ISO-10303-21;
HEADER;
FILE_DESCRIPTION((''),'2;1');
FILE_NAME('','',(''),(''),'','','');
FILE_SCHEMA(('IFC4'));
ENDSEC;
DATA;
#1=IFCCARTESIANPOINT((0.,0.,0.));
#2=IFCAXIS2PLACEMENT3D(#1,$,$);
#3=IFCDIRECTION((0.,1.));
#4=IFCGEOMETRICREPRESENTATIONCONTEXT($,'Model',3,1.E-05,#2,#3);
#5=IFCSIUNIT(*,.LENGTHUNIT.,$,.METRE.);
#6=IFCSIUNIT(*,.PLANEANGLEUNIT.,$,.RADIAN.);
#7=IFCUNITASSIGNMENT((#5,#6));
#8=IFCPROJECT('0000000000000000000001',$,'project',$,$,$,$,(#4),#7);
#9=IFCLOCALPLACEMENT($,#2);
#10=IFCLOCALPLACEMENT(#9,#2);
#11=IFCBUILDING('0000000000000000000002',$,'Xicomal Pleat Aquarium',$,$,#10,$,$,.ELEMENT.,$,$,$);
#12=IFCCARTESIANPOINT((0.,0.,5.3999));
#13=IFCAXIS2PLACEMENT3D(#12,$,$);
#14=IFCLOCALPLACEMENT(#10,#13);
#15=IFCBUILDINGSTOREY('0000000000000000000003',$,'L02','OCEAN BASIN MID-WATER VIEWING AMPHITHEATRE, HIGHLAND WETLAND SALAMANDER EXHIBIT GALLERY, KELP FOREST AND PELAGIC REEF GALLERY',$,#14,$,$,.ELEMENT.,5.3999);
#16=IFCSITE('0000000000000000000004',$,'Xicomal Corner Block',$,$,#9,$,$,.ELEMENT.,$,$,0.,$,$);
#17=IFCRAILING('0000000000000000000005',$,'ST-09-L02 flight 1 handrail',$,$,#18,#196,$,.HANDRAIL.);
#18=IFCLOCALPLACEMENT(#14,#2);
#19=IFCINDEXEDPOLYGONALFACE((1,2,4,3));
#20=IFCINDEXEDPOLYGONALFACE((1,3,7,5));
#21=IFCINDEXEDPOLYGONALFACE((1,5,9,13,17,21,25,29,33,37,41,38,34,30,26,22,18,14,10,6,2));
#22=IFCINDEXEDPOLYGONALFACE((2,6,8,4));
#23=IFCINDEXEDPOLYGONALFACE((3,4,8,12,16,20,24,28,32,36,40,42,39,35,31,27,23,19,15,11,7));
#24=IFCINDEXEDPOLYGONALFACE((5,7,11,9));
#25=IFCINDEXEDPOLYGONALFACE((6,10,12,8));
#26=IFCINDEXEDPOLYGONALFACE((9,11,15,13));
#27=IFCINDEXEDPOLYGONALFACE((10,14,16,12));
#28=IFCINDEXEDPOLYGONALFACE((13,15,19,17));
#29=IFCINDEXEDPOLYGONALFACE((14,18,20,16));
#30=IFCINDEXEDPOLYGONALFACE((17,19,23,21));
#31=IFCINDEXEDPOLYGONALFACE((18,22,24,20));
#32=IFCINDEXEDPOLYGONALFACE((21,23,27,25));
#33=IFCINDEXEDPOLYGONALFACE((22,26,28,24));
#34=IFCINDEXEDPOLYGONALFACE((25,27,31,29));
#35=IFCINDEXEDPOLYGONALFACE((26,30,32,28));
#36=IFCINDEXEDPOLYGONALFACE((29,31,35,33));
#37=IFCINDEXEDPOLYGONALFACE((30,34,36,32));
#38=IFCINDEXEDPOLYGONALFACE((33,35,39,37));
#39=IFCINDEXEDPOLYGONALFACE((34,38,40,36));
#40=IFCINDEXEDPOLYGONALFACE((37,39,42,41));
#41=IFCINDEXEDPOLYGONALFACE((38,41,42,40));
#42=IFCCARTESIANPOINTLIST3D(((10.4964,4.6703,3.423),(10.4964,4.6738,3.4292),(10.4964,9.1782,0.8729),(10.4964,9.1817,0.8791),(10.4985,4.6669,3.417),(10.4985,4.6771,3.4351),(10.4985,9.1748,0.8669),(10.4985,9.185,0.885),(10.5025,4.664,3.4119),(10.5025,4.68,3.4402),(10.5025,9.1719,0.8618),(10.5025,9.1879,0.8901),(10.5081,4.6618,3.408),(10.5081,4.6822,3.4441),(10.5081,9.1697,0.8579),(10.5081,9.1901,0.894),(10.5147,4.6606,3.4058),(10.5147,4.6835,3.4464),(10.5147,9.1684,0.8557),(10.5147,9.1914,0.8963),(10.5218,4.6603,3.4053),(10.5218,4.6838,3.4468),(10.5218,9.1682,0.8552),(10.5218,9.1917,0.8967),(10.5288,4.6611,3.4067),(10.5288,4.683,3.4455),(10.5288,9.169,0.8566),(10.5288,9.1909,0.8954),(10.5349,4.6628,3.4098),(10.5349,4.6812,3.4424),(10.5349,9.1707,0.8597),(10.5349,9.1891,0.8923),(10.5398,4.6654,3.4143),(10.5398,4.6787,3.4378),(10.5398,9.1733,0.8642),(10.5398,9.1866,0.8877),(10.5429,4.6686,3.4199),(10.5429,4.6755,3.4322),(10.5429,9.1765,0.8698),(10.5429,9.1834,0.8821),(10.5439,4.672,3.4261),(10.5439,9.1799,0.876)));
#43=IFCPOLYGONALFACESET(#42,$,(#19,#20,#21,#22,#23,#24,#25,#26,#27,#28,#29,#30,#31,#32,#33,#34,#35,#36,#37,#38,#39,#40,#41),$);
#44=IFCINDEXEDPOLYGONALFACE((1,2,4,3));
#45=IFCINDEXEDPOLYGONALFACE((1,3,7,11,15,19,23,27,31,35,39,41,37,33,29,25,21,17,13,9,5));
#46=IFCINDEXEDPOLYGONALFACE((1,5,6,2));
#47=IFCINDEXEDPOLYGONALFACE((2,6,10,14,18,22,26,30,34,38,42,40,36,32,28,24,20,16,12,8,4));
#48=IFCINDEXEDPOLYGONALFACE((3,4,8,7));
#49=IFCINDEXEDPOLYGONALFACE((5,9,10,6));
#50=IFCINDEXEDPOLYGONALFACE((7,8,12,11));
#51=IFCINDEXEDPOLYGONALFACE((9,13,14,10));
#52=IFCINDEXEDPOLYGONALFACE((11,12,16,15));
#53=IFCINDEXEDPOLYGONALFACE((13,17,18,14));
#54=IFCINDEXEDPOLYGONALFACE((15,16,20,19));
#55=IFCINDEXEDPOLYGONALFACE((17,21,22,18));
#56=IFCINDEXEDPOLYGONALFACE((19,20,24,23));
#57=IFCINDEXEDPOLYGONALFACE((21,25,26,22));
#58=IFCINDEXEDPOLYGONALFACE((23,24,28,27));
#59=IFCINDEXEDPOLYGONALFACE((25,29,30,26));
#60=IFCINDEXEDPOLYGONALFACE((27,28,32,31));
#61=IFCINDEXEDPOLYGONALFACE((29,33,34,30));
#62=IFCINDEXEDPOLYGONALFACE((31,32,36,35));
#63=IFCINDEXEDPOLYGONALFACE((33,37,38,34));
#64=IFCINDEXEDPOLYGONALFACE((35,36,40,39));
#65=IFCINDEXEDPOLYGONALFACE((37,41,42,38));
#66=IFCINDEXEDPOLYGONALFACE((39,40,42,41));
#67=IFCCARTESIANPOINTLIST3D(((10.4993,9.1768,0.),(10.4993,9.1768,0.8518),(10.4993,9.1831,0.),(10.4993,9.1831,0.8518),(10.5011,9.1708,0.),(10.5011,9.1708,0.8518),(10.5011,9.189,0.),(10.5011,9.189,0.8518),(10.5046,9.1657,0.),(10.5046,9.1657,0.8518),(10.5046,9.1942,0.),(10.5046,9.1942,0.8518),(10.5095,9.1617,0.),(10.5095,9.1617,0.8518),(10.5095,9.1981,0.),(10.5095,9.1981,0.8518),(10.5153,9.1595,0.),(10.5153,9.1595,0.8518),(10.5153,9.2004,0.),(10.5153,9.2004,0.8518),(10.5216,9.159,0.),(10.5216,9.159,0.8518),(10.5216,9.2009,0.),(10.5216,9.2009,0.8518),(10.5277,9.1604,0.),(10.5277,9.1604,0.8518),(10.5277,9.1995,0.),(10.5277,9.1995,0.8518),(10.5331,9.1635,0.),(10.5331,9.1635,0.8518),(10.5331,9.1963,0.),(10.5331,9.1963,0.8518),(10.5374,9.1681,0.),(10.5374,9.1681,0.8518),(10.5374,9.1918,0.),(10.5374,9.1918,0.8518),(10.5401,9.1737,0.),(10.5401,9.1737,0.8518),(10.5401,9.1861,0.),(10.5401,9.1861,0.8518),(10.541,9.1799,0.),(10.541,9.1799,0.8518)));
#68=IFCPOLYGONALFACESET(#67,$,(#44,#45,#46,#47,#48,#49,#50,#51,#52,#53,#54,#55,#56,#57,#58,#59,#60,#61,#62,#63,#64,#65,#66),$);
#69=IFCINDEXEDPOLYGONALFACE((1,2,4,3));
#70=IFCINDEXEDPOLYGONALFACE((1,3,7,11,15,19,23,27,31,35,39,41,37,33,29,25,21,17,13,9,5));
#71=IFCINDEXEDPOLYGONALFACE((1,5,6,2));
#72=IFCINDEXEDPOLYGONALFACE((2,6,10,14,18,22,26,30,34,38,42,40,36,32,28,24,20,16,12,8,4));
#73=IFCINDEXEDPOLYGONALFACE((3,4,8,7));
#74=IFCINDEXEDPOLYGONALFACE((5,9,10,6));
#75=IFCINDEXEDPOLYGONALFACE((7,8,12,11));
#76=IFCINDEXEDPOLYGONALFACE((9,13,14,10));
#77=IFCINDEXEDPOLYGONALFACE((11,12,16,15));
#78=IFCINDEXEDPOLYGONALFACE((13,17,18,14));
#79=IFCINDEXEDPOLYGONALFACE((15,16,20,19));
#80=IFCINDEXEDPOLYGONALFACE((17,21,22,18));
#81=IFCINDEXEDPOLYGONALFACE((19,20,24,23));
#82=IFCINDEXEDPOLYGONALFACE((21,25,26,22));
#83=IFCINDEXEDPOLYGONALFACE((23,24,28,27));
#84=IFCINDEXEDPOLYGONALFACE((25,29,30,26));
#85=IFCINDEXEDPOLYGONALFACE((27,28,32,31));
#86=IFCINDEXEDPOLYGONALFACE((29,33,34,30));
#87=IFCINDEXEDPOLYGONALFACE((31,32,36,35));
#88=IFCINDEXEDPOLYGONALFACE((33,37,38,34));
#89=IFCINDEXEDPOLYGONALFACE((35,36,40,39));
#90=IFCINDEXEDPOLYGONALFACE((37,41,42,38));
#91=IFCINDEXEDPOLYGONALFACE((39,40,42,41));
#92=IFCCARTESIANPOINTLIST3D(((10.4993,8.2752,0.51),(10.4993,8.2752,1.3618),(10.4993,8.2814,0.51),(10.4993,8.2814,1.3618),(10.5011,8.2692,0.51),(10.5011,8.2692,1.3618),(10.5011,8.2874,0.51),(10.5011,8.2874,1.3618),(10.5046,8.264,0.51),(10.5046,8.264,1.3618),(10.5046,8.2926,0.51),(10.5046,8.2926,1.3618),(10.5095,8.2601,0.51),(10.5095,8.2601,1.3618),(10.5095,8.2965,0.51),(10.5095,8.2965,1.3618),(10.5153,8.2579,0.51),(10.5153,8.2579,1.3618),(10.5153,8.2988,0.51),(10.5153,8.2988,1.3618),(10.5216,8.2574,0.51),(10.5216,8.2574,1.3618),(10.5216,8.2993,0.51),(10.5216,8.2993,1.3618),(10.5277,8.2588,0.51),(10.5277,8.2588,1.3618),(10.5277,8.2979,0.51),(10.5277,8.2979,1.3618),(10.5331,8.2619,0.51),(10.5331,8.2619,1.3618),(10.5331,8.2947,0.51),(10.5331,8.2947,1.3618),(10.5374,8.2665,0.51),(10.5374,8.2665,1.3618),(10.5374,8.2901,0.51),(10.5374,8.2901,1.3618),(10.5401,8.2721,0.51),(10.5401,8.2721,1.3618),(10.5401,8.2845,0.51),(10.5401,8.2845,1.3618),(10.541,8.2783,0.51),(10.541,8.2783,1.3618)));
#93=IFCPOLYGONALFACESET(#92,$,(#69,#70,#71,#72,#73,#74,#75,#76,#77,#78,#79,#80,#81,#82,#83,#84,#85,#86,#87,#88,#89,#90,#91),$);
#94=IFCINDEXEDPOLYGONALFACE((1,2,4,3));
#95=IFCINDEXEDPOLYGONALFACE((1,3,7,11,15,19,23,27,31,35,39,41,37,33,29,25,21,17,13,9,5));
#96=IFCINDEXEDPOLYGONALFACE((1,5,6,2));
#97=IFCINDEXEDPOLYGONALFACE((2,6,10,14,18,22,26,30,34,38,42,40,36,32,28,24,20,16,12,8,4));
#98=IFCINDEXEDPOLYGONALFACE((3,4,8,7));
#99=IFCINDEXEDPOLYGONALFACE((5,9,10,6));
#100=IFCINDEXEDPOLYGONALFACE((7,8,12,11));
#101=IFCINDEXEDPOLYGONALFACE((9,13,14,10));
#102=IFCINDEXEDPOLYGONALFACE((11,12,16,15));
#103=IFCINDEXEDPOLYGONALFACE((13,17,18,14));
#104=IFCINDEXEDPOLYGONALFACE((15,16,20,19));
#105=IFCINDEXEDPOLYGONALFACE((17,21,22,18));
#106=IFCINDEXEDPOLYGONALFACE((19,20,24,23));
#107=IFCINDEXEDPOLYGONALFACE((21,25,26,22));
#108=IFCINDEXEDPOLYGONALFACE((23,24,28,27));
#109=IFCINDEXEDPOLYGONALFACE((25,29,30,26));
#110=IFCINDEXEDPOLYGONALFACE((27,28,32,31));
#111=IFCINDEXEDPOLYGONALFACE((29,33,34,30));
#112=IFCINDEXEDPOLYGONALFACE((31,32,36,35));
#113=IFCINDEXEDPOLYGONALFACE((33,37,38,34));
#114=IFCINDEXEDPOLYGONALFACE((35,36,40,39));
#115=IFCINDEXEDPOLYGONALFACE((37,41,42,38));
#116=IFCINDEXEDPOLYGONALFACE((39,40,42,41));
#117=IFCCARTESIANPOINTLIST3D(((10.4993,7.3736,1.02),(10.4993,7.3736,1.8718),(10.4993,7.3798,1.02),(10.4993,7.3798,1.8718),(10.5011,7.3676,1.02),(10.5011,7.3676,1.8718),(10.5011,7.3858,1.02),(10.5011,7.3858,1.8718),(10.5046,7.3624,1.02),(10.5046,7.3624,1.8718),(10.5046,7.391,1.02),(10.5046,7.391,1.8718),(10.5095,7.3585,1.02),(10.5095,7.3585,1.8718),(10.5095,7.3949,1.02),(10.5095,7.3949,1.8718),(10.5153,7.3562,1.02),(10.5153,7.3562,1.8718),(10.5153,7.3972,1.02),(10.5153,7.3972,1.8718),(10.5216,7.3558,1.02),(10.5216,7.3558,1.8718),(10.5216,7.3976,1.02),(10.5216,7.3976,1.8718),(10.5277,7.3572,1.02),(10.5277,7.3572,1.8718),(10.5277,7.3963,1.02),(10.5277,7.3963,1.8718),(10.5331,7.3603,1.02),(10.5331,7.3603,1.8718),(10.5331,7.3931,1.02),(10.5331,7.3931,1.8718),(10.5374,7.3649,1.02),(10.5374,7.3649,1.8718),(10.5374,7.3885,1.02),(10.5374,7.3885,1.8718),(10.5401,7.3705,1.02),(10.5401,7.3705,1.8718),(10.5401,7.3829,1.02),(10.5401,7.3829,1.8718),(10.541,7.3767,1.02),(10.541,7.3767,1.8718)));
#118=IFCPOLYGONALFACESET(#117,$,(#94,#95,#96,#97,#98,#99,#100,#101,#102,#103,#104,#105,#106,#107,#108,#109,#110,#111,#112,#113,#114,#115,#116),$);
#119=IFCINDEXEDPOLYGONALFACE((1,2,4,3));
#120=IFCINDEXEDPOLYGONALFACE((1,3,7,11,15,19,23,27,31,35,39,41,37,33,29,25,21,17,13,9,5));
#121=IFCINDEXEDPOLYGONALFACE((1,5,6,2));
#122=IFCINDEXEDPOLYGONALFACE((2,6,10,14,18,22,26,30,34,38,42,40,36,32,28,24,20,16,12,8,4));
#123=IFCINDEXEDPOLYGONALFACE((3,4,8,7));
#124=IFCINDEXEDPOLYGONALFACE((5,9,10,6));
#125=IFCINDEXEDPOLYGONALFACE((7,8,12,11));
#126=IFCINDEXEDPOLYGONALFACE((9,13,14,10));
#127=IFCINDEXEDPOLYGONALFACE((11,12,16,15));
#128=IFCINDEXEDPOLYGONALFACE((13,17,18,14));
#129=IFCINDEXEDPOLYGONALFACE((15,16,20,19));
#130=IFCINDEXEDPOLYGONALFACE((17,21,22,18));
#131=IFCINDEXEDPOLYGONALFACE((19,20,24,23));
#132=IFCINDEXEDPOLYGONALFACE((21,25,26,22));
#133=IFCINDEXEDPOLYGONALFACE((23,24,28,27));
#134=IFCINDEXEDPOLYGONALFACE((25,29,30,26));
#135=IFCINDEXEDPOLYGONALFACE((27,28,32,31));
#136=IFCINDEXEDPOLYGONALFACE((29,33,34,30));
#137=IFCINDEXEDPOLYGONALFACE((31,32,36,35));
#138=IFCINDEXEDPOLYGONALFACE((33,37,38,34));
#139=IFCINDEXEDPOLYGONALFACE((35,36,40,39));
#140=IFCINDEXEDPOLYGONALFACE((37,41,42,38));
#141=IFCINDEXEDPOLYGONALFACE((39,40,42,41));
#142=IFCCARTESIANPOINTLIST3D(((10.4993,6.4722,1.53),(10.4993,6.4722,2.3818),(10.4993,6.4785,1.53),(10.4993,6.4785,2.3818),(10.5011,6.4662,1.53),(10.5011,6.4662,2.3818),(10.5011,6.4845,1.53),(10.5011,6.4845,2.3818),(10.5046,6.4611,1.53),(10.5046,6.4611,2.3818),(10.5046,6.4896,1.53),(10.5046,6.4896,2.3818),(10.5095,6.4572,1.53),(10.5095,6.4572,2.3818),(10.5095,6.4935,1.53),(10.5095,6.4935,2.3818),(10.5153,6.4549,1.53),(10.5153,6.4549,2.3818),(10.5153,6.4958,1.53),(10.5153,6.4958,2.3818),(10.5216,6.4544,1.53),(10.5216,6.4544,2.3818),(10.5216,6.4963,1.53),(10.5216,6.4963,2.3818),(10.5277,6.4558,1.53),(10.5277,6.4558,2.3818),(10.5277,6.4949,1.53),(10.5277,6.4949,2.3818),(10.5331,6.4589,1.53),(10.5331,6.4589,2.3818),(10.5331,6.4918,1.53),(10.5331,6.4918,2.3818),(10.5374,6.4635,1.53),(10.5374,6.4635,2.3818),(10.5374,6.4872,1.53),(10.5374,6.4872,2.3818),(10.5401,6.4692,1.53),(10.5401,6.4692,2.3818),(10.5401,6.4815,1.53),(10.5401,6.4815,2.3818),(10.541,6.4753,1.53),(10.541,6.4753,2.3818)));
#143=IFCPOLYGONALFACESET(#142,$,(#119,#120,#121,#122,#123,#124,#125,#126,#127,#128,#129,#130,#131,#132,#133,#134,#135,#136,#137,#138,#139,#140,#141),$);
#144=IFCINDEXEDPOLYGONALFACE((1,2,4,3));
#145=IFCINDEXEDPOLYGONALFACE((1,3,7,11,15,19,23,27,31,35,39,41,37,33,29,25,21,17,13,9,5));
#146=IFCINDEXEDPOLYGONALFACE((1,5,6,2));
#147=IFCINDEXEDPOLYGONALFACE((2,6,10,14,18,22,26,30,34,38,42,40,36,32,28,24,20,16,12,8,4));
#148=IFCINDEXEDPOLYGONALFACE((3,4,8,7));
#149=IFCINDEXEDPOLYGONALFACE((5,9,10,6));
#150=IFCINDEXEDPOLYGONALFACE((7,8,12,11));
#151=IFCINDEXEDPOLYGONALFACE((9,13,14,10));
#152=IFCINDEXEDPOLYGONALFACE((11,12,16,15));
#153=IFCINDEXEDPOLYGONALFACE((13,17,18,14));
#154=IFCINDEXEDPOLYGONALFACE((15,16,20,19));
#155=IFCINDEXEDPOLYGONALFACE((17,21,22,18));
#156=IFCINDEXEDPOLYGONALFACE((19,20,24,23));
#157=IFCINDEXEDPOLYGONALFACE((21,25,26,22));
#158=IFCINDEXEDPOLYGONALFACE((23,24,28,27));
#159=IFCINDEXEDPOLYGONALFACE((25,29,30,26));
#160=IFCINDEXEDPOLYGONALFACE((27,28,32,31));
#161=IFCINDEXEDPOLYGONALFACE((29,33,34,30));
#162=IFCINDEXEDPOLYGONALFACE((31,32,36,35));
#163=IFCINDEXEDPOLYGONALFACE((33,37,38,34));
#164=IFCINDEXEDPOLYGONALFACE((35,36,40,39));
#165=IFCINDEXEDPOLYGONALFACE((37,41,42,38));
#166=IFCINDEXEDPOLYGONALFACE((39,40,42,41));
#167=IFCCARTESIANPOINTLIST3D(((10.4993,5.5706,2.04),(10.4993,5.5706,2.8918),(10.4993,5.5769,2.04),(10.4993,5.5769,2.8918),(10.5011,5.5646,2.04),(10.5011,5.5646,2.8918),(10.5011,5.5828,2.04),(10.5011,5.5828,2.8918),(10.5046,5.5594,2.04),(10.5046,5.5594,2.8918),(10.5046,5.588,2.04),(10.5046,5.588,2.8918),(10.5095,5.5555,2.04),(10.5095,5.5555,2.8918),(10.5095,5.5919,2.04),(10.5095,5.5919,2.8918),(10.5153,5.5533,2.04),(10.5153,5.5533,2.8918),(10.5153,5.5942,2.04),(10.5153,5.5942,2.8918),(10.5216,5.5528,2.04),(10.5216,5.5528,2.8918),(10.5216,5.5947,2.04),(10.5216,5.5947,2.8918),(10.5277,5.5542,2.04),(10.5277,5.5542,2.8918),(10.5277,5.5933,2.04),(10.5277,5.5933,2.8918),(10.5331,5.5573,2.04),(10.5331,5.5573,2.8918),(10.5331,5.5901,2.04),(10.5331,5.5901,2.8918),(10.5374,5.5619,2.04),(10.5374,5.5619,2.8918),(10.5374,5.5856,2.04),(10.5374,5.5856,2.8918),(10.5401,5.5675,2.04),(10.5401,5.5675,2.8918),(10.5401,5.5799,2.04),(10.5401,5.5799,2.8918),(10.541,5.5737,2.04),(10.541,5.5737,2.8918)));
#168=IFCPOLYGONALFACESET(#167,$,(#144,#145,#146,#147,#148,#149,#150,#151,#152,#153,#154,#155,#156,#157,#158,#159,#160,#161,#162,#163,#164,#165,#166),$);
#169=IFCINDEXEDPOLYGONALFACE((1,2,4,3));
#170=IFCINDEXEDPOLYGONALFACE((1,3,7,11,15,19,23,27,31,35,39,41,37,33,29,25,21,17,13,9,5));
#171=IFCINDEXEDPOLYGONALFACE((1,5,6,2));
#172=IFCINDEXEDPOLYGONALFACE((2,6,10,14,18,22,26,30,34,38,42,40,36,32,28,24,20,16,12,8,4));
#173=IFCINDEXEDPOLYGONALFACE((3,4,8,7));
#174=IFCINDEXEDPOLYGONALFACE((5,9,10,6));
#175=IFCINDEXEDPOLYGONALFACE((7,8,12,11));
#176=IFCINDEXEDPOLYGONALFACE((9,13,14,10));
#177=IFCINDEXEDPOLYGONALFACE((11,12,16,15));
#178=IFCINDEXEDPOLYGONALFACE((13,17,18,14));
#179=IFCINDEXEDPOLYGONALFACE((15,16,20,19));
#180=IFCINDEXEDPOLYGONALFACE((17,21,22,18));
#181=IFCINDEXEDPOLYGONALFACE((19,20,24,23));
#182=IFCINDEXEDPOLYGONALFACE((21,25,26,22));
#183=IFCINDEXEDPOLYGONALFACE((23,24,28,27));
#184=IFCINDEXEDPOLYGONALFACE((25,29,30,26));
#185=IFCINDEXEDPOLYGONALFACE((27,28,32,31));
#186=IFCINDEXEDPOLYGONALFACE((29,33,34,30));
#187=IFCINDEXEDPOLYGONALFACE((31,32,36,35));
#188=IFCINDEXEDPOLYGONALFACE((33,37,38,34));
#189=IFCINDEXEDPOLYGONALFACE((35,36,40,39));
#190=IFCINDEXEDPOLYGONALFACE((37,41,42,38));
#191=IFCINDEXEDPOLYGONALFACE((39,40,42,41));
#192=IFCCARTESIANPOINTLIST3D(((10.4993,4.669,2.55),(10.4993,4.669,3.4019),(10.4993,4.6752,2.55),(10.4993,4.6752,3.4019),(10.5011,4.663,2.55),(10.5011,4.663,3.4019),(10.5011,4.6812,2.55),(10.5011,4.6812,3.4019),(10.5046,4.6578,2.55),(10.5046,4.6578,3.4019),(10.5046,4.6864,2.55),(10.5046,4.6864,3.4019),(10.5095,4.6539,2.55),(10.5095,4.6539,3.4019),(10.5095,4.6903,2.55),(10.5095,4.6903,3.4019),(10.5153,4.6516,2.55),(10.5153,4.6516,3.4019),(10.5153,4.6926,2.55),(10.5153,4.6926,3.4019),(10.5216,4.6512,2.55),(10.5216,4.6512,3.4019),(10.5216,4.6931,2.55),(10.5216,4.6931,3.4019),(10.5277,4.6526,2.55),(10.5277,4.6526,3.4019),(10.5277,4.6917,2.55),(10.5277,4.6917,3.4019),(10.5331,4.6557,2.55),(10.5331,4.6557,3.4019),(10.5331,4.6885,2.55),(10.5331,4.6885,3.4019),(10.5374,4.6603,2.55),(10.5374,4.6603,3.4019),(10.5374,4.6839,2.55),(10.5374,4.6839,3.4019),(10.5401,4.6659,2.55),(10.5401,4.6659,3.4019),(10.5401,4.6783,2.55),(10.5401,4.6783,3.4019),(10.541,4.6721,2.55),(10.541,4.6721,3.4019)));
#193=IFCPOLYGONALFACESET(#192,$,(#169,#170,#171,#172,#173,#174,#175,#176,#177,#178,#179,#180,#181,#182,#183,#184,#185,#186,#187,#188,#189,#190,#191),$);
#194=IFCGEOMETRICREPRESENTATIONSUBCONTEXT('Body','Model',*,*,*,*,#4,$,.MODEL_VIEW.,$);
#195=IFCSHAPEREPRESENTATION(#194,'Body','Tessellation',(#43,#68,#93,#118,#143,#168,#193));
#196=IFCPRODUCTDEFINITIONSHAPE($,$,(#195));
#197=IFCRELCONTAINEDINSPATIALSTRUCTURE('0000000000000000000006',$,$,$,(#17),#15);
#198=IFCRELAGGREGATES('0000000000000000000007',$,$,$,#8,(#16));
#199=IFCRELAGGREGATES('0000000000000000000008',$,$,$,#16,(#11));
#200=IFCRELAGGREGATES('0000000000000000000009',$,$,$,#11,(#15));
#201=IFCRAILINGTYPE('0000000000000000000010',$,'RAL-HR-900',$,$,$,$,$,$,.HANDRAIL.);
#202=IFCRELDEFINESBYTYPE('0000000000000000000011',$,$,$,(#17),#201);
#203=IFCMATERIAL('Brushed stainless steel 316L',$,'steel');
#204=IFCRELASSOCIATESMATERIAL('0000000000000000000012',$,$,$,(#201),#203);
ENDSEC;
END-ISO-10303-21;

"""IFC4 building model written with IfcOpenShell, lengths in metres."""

from ifc_helpers import new_model, si_unit, direction, frame, origin, origin_2d, place, context, subcontext, project, spatial, circle, extrude, material, type_object, element, save


model = new_model("IFC4")

# Units and contexts
model_context = context("Model", 3, precision=1e-05, world=origin(), true_north=direction((0.0, 1.0)))
body_context = subcontext(model_context, "Body", "Model", "MODEL_VIEW")
ifc_project = project(units=[si_unit("LENGTHUNIT", "METRE"), si_unit("PLANEANGLEUNIT", "RADIAN")], contexts=[model_context])

# Site, building, storey
site_placement = place(None, origin())
site = spatial("IfcSite", under=ifc_project, at=site_placement, Name="Xicomal Corner Block", CompositionType="ELEMENT", RefElevation=0.0)
building_placement = place(site_placement, origin())
building = spatial("IfcBuilding", under=site, at=building_placement, Name="Xicomal Pleat Aquarium", CompositionType="ELEMENT")
storey_placement = place(building_placement, frame((0.0, 0.0, 5.3999)))
storey = spatial("IfcBuildingStorey", under=building, at=storey_placement, Name="L02", Description="OCEAN BASIN MID-WATER VIEWING AMPHITHEATRE, HIGHLAND WETLAND SALAMANDER EXHIBIT GALLERY, KELP FOREST AND PELAGIC REEF GALLERY", CompositionType="ELEMENT", Elevation=5.3999)

# Railing
ifc_material_1 = material(Name="Brushed stainless steel 316L", Category="steel")
railing_type_1 = type_object("IfcRailingType", Name="RAL-HR-900", PredefinedType="HANDRAIL", material=ifc_material_1)
railing_1_placement = place(storey_placement, frame((10.52, 9.1799, 0.0)))
element("IfcRailing", 1, at=railing_1_placement, inside=storey, type_object=railing_type_1, Name="ST-09-L02 flight 1 handrail", PredefinedType="HANDRAIL", context=body_context, shape_type="SweptSolid", body=[
    extrude(circle(Radius=0.0239, at=origin_2d()), frame((0.0, 0.0, 0.876), z_axis=(0.0, -0.870385, 0.492373), x_axis=(1.0, 0.0, 0.0)), (0.0, 0.0, 1.0), 5.1792),
    extrude(circle(Radius=0.021, at=origin_2d()), origin(), (0.0, 0.0, 1.0), 0.8518),
    extrude(circle(Radius=0.021, at=origin_2d()), frame((0.0, -0.9016, 0.51)), (0.0, 0.0, 1.0), 0.8518),
    extrude(circle(Radius=0.021, at=origin_2d()), frame((0.0, -1.8032, 1.02)), (0.0, 0.0, 1.0), 0.8518),
    extrude(circle(Radius=0.021, at=origin_2d()), frame((0.0, -2.7046, 1.53)), (0.0, 0.0, 1.0), 0.8518),
    extrude(circle(Radius=0.021, at=origin_2d()), frame((0.0, -3.6062, 2.04)), (0.0, 0.0, 1.0), 0.8518),
    extrude(circle(Radius=0.021, at=origin_2d()), frame((0.0, -4.5078, 2.55)), (0.0, 0.0, 1.0), 0.8518),
])

save(model, "model.ifc")
